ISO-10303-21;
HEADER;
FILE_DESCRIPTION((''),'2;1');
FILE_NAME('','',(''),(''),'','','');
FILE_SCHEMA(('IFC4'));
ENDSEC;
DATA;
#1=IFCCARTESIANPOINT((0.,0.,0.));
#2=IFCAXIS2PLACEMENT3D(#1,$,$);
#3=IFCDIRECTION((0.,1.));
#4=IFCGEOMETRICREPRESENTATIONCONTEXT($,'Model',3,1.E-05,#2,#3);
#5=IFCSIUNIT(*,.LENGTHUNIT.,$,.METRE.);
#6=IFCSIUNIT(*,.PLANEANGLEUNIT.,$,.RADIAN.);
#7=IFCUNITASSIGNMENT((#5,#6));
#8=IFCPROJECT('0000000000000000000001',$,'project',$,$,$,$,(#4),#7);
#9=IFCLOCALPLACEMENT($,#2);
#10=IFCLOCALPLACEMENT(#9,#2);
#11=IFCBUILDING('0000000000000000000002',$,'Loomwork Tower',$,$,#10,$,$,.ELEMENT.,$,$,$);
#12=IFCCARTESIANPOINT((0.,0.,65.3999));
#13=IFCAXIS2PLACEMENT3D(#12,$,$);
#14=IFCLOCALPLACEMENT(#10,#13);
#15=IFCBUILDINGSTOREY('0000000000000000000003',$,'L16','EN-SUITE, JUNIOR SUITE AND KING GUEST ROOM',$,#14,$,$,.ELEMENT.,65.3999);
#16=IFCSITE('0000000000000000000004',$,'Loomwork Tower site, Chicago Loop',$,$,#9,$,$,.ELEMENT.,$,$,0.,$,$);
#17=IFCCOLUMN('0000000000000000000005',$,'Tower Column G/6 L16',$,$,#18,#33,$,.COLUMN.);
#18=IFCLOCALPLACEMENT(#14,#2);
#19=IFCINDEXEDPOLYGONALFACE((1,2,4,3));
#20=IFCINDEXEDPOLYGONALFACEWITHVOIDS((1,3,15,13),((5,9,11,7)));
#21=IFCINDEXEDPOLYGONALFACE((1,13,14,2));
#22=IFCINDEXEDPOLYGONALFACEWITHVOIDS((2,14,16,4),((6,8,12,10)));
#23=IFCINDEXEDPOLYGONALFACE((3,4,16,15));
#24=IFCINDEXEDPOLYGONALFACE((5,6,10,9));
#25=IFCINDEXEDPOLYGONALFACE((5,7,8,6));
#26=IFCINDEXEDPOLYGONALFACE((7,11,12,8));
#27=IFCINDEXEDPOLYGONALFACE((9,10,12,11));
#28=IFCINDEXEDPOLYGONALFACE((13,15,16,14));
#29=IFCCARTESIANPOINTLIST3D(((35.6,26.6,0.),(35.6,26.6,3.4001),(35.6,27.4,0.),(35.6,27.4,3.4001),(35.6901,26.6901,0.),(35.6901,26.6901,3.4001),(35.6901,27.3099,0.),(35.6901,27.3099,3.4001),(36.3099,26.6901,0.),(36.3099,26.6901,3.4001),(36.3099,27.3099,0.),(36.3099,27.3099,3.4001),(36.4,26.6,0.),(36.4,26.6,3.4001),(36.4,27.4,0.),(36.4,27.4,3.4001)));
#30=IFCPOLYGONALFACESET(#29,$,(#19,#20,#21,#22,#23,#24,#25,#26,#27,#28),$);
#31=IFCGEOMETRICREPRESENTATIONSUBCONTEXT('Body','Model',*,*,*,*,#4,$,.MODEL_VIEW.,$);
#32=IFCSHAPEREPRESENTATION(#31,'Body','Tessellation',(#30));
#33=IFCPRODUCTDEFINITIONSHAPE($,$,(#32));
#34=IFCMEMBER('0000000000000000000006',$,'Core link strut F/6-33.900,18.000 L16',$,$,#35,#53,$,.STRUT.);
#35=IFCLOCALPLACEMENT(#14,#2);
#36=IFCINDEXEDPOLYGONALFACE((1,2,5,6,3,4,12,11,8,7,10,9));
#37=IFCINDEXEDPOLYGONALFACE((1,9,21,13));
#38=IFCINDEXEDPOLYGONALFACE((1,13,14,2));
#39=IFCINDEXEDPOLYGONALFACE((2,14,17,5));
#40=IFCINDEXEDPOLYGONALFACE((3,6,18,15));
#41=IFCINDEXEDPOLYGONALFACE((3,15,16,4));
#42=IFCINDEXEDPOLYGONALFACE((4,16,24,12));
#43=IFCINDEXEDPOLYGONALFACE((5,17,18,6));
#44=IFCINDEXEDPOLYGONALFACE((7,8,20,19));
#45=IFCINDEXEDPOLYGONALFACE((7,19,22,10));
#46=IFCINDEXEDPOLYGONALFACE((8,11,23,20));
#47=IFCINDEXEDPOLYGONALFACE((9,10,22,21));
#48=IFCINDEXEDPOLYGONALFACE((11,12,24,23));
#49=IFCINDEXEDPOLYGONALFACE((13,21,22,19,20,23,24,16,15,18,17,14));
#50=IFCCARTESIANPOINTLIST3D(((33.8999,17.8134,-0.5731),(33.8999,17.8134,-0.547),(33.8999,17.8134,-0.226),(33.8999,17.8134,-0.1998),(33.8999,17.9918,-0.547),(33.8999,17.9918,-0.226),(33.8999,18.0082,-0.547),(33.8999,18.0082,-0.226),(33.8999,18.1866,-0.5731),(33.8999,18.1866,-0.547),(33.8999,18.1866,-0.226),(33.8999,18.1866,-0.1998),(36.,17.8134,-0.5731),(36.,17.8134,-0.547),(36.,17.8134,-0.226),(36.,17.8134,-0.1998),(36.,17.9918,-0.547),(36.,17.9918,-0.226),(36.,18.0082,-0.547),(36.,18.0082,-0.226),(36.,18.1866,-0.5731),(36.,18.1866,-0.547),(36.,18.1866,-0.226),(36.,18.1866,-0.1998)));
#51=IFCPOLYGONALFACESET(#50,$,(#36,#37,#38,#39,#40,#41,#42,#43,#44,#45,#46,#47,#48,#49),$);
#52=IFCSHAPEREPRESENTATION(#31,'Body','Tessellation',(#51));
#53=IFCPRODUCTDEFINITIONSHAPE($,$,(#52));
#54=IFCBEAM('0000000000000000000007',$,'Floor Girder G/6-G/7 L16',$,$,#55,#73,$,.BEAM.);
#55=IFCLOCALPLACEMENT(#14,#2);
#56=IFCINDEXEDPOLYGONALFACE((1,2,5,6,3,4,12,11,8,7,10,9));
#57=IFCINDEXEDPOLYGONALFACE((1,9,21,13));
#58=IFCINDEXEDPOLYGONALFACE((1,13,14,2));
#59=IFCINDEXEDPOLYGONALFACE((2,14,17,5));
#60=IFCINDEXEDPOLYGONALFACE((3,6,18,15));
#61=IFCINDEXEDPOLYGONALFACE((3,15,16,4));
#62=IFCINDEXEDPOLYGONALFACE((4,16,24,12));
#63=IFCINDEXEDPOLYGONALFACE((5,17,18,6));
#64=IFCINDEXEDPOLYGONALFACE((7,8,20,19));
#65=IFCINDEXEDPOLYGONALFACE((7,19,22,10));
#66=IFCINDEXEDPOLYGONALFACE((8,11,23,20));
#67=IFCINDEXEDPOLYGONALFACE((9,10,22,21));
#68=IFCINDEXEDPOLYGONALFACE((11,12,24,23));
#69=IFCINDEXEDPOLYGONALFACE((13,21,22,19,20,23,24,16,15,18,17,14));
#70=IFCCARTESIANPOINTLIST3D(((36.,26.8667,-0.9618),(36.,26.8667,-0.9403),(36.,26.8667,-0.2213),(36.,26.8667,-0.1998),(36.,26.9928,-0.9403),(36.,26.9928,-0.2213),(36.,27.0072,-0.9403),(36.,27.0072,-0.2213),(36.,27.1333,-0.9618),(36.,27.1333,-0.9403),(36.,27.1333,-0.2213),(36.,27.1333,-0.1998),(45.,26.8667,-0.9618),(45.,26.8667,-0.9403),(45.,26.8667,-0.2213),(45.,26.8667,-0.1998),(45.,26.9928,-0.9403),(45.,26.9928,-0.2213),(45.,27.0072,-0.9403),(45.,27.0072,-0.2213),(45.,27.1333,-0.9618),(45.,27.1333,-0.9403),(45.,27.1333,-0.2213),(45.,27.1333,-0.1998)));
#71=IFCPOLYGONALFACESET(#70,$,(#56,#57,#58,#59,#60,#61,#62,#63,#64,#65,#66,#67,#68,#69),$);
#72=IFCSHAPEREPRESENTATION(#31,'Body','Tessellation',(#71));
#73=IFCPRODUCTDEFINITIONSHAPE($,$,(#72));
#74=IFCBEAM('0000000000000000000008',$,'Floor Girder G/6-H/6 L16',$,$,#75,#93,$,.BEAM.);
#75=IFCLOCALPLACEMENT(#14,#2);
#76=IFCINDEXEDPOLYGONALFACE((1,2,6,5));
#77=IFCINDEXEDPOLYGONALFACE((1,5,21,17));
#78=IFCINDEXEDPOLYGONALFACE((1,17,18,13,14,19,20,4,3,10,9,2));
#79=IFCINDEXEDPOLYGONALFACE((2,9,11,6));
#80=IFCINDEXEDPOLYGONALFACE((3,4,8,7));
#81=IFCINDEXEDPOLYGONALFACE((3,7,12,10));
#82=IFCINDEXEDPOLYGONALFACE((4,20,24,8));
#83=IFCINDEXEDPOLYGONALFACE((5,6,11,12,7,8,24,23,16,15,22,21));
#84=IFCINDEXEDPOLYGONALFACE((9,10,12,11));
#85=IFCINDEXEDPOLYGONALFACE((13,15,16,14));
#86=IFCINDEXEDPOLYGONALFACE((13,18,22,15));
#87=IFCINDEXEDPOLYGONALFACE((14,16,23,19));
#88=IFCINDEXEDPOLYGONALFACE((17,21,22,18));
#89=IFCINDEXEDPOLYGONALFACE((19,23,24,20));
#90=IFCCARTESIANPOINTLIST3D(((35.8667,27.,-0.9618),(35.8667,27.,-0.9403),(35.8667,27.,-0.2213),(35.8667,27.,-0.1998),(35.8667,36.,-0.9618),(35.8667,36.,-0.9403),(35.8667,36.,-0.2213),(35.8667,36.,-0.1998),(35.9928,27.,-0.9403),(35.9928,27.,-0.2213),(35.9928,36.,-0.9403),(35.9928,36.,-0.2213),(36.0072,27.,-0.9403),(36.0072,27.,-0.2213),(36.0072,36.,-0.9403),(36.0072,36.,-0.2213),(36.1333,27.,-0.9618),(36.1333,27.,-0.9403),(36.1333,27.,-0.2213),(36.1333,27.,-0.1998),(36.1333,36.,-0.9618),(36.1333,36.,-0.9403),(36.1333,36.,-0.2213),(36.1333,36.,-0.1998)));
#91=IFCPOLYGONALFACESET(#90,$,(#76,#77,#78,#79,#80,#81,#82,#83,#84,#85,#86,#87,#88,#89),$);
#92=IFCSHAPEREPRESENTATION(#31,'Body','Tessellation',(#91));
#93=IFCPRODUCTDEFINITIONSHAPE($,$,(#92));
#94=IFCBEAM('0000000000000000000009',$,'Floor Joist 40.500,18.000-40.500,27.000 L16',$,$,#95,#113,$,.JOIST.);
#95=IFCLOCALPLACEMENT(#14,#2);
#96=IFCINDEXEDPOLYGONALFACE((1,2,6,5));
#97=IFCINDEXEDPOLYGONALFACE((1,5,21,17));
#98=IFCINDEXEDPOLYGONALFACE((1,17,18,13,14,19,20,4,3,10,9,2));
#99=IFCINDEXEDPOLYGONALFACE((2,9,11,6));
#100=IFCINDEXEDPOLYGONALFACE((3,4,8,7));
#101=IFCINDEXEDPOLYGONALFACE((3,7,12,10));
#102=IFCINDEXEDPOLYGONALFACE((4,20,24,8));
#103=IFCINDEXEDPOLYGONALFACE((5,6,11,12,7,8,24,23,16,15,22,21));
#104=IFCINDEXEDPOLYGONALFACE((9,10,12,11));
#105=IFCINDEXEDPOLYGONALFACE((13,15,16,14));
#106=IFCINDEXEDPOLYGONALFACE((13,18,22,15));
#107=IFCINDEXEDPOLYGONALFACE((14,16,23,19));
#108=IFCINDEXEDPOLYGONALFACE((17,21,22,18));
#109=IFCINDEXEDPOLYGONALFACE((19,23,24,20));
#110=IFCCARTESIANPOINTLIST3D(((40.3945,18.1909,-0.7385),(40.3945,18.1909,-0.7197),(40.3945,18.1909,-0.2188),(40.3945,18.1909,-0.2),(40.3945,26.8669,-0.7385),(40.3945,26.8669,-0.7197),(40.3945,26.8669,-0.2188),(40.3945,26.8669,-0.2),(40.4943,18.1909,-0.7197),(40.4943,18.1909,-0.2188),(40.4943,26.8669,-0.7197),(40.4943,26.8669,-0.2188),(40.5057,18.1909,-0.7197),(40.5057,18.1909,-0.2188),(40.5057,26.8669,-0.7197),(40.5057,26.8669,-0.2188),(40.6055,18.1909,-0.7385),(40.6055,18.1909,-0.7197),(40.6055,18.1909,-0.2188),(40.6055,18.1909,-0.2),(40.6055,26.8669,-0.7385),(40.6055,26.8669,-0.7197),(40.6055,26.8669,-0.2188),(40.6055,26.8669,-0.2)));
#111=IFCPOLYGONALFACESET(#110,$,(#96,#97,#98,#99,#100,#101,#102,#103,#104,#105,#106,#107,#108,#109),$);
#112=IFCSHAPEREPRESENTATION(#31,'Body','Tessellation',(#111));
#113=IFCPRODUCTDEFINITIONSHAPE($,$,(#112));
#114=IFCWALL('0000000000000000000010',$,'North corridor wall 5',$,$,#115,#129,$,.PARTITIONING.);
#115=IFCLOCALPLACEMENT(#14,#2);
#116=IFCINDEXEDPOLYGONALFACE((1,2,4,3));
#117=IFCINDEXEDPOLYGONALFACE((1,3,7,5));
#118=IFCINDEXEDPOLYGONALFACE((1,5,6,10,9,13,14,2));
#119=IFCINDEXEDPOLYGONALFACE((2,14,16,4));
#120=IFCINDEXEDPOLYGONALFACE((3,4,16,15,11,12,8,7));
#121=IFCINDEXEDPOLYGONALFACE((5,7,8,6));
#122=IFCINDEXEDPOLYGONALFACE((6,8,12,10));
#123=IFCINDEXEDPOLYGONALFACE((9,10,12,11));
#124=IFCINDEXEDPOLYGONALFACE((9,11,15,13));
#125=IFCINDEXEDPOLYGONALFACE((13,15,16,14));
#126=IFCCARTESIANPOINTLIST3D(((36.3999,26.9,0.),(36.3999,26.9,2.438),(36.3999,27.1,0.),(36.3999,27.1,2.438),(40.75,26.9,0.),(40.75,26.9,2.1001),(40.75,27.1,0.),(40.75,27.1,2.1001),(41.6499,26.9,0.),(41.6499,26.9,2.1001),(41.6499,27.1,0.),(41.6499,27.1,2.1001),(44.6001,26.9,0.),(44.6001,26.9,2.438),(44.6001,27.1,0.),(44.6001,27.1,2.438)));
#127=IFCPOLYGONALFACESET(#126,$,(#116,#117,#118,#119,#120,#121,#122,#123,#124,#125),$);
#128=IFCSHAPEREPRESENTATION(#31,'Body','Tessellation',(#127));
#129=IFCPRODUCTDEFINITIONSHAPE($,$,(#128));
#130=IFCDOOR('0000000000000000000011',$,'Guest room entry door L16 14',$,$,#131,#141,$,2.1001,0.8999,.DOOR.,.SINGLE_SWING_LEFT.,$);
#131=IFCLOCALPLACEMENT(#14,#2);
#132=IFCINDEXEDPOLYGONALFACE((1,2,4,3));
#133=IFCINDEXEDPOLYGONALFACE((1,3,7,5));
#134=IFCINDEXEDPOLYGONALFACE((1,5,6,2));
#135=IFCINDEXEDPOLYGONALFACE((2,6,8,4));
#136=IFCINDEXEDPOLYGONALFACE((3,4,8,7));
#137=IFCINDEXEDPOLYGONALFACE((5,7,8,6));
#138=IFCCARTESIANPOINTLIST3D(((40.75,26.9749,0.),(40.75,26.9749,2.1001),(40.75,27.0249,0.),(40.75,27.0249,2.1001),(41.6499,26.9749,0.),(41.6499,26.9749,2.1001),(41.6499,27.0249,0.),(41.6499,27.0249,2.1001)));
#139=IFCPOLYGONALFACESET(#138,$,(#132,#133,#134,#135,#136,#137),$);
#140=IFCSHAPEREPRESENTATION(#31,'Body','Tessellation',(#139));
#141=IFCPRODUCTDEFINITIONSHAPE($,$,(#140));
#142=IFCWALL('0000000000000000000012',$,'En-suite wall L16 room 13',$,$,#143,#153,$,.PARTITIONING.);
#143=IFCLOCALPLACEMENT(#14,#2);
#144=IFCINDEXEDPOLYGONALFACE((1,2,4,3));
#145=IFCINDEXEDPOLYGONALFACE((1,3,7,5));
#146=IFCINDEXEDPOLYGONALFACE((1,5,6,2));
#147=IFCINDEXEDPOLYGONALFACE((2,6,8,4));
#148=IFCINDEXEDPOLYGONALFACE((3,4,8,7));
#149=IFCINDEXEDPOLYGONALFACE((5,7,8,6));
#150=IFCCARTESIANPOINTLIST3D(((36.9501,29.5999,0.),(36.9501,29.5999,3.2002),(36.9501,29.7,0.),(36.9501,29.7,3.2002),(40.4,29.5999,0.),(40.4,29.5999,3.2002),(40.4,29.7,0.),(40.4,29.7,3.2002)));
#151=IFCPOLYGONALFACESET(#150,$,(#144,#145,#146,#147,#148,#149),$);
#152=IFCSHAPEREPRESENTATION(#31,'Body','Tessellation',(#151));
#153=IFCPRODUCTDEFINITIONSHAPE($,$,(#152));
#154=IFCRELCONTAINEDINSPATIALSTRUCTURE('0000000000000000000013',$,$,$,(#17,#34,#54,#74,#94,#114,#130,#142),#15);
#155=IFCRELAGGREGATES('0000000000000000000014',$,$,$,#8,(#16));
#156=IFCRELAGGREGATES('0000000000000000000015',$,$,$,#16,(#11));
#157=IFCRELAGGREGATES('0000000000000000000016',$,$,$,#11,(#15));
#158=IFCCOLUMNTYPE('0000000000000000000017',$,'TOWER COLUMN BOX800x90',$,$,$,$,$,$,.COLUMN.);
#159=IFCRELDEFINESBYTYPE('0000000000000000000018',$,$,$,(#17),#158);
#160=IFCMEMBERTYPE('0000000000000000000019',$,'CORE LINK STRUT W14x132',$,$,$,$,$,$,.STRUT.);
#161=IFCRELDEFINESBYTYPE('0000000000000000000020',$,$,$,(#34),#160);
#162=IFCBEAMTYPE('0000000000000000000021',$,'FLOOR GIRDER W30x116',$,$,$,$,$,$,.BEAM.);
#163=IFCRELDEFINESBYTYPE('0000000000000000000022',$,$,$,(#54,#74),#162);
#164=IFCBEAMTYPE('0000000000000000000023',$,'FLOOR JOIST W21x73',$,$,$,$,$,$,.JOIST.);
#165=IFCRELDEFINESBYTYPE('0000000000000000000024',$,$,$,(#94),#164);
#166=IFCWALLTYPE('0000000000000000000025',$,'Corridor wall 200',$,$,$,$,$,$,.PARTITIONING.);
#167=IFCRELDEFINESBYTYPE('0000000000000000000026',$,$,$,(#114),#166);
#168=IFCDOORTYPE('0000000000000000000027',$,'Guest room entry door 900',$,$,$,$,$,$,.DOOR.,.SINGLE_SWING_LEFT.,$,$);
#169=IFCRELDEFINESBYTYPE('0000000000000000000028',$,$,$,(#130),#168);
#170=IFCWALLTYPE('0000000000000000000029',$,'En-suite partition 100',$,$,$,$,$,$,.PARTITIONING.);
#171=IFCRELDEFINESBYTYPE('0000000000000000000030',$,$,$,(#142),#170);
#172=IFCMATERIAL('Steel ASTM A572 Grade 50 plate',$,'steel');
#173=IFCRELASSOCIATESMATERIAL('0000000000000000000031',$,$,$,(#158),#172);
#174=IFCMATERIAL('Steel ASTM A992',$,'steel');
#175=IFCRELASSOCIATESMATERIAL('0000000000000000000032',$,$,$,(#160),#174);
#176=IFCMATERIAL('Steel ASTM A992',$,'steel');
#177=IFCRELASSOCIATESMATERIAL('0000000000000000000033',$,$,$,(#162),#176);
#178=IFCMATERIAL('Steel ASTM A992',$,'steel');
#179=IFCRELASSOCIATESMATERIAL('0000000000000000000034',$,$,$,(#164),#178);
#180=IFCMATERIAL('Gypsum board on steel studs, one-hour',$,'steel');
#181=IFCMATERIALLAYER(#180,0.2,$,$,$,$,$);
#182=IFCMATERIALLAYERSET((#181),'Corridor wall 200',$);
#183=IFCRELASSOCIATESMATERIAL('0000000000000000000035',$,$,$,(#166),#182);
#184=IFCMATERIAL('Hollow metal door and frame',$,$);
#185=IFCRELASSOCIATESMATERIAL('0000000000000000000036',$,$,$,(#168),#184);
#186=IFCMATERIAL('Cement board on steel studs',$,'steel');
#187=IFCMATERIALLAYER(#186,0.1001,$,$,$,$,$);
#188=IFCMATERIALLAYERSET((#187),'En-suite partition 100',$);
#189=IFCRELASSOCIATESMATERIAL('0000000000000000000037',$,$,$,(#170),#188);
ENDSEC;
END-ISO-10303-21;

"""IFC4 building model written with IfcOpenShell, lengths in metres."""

from ifc_helpers import new_model, si_unit, direction, frame, frame_2d, origin, origin_2d, place, context, subcontext, project, spatial, rectangle, hollow_rectangle, i_section, extrude, material, layer, layer_set, material_profile, profile_set, type_object, element, fill, save


model = new_model("IFC4")

# Units and contexts
model_context = context("Model", 3, precision=1e-05, world=origin(), true_north=direction((0.0, 1.0)))
body_context = subcontext(model_context, "Body", "Model", "MODEL_VIEW")
ifc_project = project(units=[si_unit("LENGTHUNIT", "METRE"), si_unit("PLANEANGLEUNIT", "RADIAN")], contexts=[model_context])

# Site, building, storey
site_placement = place(None, origin())
site = spatial("IfcSite", under=ifc_project, at=site_placement, Name="Loomwork Tower site, Chicago Loop", CompositionType="ELEMENT", RefElevation=0.0)
building_placement = place(site_placement, origin())
building = spatial("IfcBuilding", under=site, at=building_placement, Name="Loomwork Tower", CompositionType="ELEMENT")
storey_placement = place(building_placement, frame((0.0, 0.0, 65.3999)))
storey = spatial("IfcBuildingStorey", under=building, at=storey_placement, Name="L16", Description="EN-SUITE, JUNIOR SUITE AND KING GUEST ROOM", CompositionType="ELEMENT", Elevation=65.3999)

# Column
ifc_material_1 = material(Name="Steel ASTM A572 Grade 50 plate", Category="steel")
ifc_material_profile_1 = material_profile(ifc_material_1, hollow_rectangle(XDim=0.8, YDim=0.8, WallThickness=0.0901, at=origin_2d()), Name="BOX800x90")
ifc_profile_set_1 = profile_set([ifc_material_profile_1], Name="Steel ASTM A572 Grade 50 plate")
column_type = type_object("IfcColumnType", Name="TOWER COLUMN BOX800x90", PredefinedType="COLUMN", material=ifc_profile_set_1)
column_placement = place(storey_placement, frame((36.0, 27.0, 0.0), z_axis=(0.0, 0.0, 1.0), x_axis=(1.0, 0.0, 0.0)))
element("IfcColumn", 1, at=column_placement, inside=storey, type_object=column_type, Name="Tower Column G/6 L16", PredefinedType="COLUMN", context=body_context, shape_type="SweptSolid", body=[
    extrude(hollow_rectangle(XDim=0.8, YDim=0.8, WallThickness=0.0901, at=origin_2d()), origin(), (0.0, 0.0, 1.0), 3.4001),
])

# Member
ifc_material_2 = material(Name="Steel ASTM A992", Category="steel")
ifc_material_profile_2 = material_profile(ifc_material_2, i_section(OverallWidth=0.3733, OverallDepth=0.3733, WebThickness=0.0164, FlangeThickness=0.0261, at=origin_2d()), Name="W14x132")
ifc_profile_set_2 = profile_set([ifc_material_profile_2], Name="Steel ASTM A992")
member_type = type_object("IfcMemberType", Name="CORE LINK STRUT W14x132", PredefinedType="STRUT", material=ifc_profile_set_2)
member_placement = place(storey_placement, frame((36.0, 18.0, -0.3865), z_axis=(-1.0, 0.0, 0.0), x_axis=(0.0, -1.0, 0.0)))
element("IfcMember", 2, at=member_placement, inside=storey, type_object=member_type, Name="Core link strut F/6-33.900,18.000 L16", PredefinedType="STRUT", context=body_context, shape_type="SweptSolid", body=[
    extrude(i_section(OverallWidth=0.3733, OverallDepth=0.3733, WebThickness=0.0164, FlangeThickness=0.0261, at=origin_2d()), origin(), (0.0, 0.0, 1.0), 2.1001),
])

# Beams
ifc_material_3 = material(Name="Steel ASTM A992", Category="steel")
ifc_material_profile_3 = material_profile(ifc_material_3, i_section(OverallWidth=0.2666, OverallDepth=0.762, WebThickness=0.0144, FlangeThickness=0.0215, at=origin_2d()), Name="W30x116")
ifc_profile_set_3 = profile_set([ifc_material_profile_3], Name="Steel ASTM A992")
beam_type_1 = type_object("IfcBeamType", Name="FLOOR GIRDER W30x116", PredefinedType="BEAM", material=ifc_profile_set_3)
for number, where, z_axis, x_axis, name in (
    (3, (36.0, 27.0, -0.5808), (1.0, 0.0, 0.0), (0.0, 1.0, 0.0), "Floor Girder G/6-G/7 L16"),
    (4, (36.0, 27.0, -0.5808), (0.0, 1.0, 0.0), (-1.0, 0.0, 0.0), "Floor Girder G/6-H/6 L16"),
):
    element("IfcBeam", number, at=place(storey_placement, frame(where, z_axis=z_axis, x_axis=x_axis)), inside=storey, type_object=beam_type_1, Name=name, PredefinedType="BEAM", context=body_context, shape_type="SweptSolid", body=[
        extrude(i_section(OverallWidth=0.2666, OverallDepth=0.762, WebThickness=0.0144, FlangeThickness=0.0215, at=origin_2d()), origin(), (0.0, 0.0, 1.0), 9.0),
    ])
ifc_material_4 = material(Name="Steel ASTM A992", Category="steel")
ifc_material_profile_4 = material_profile(ifc_material_4, i_section(OverallWidth=0.2109, OverallDepth=0.5386, WebThickness=0.0115, FlangeThickness=0.0188, at=origin_2d()), Name="W21x73")
ifc_profile_set_4 = profile_set([ifc_material_profile_4], Name="Steel ASTM A992")
beam_type_2 = type_object("IfcBeamType", Name="FLOOR JOIST W21x73", PredefinedType="JOIST", material=ifc_profile_set_4)
beam_placement = place(storey_placement, frame((40.5, 18.1909, -0.4692), z_axis=(0.0, 1.0, 0.0), x_axis=(-1.0, 0.0, 0.0)))
element("IfcBeam", 5, at=beam_placement, inside=storey, type_object=beam_type_2, Name="Floor Joist 40.500,18.000-40.500,27.000 L16", PredefinedType="JOIST", context=body_context, shape_type="SweptSolid", body=[
    extrude(i_section(OverallWidth=0.2109, OverallDepth=0.5386, WebThickness=0.0115, FlangeThickness=0.0188, at=origin_2d()), origin(), (0.0, 0.0, 1.0), 8.676),
])

# Wall, opening, door
ifc_material_5 = material(Name="Gypsum board on steel studs, one-hour", Category="steel")
ifc_layer_1 = layer(ifc_material_5, 0.2)
ifc_layer_set_1 = layer_set([ifc_layer_1], Name="Corridor wall 200")
wall_type_1 = type_object("IfcWallType", Name="Corridor wall 200", PredefinedType="PARTITIONING", material=ifc_layer_set_1)
wall_1_placement = place(storey_placement, frame((36.3999, 27.0, 0.0), z_axis=(0.0, 0.0, 1.0), x_axis=(1.0, 0.0, 0.0)))
wall_1 = element("IfcWall", 6, at=wall_1_placement, inside=storey, type_object=wall_type_1, Name="North corridor wall 5", PredefinedType="PARTITIONING", context=body_context, shape_type="SweptSolid", body=[
    extrude(rectangle(XDim=8.2002, YDim=0.2, at=frame_2d((4.1001, 0.0))), origin(), (0.0, 0.0, 1.0), 2.438),
])
opening_1_placement = place(wall_1_placement, frame((4.3501, 0.0, 0.0)))
opening_1 = element("IfcOpeningElement", 7, at=opening_1_placement, cuts=wall_1, PredefinedType="OPENING", context=body_context, shape_type="SweptSolid", body=[
    extrude(rectangle(XDim=0.8999, YDim=2.1001, at=frame_2d((0.45, 1.05))), frame((0.0, 0.1099, 0.0), z_axis=(0.0, -1.0, 0.0), x_axis=(1.0, 0.0, 0.0)), (0.0, 0.0, 1.0), 0.22),
])
ifc_material_6 = material(Name="Hollow metal door and frame")
door_type_1 = type_object("IfcDoorType", Name="Guest room entry door 900", OperationType="SINGLE_SWING_LEFT", PredefinedType="DOOR", material=ifc_material_6)
door_1_placement = place(opening_1_placement, origin())
door_1 = element("IfcDoor", 8, at=door_1_placement, inside=storey, type_object=door_type_1, Name="Guest room entry door L16 14", OperationType="SINGLE_SWING_LEFT", OverallHeight=2.1001, OverallWidth=0.8999, PredefinedType="DOOR", context=body_context, shape_type="SweptSolid", body=[
    extrude(rectangle(XDim=0.8999, YDim=2.1001, at=frame_2d((0.45, 1.05))), frame((0.0, 0.0249, 0.0), z_axis=(0.0, -1.0, 0.0), x_axis=(1.0, 0.0, 0.0)), (0.0, 0.0, 1.0), 0.05),
])
fill(opening_1, door_1)

# Wall
ifc_material_7 = material(Name="Cement board on steel studs", Category="steel")
ifc_layer_2 = layer(ifc_material_7, 0.1001)
ifc_layer_set_2 = layer_set([ifc_layer_2], Name="En-suite partition 100")
wall_type_2 = type_object("IfcWallType", Name="En-suite partition 100", PredefinedType="PARTITIONING", material=ifc_layer_set_2)
wall_2_placement = place(storey_placement, frame((36.95, 29.6499, 0.0), z_axis=(0.0, 0.0, 1.0), x_axis=(1.0, 0.0, 0.0)))
element("IfcWall", 9, at=wall_2_placement, inside=storey, type_object=wall_type_2, Name="En-suite wall L16 room 13", PredefinedType="PARTITIONING", context=body_context, shape_type="SweptSolid", body=[
    extrude(rectangle(XDim=3.45, YDim=0.1001, at=frame_2d((1.7251, 0.0))), origin(), (0.0, 0.0, 1.0), 3.2002),
])

save(model, "model.ifc")
